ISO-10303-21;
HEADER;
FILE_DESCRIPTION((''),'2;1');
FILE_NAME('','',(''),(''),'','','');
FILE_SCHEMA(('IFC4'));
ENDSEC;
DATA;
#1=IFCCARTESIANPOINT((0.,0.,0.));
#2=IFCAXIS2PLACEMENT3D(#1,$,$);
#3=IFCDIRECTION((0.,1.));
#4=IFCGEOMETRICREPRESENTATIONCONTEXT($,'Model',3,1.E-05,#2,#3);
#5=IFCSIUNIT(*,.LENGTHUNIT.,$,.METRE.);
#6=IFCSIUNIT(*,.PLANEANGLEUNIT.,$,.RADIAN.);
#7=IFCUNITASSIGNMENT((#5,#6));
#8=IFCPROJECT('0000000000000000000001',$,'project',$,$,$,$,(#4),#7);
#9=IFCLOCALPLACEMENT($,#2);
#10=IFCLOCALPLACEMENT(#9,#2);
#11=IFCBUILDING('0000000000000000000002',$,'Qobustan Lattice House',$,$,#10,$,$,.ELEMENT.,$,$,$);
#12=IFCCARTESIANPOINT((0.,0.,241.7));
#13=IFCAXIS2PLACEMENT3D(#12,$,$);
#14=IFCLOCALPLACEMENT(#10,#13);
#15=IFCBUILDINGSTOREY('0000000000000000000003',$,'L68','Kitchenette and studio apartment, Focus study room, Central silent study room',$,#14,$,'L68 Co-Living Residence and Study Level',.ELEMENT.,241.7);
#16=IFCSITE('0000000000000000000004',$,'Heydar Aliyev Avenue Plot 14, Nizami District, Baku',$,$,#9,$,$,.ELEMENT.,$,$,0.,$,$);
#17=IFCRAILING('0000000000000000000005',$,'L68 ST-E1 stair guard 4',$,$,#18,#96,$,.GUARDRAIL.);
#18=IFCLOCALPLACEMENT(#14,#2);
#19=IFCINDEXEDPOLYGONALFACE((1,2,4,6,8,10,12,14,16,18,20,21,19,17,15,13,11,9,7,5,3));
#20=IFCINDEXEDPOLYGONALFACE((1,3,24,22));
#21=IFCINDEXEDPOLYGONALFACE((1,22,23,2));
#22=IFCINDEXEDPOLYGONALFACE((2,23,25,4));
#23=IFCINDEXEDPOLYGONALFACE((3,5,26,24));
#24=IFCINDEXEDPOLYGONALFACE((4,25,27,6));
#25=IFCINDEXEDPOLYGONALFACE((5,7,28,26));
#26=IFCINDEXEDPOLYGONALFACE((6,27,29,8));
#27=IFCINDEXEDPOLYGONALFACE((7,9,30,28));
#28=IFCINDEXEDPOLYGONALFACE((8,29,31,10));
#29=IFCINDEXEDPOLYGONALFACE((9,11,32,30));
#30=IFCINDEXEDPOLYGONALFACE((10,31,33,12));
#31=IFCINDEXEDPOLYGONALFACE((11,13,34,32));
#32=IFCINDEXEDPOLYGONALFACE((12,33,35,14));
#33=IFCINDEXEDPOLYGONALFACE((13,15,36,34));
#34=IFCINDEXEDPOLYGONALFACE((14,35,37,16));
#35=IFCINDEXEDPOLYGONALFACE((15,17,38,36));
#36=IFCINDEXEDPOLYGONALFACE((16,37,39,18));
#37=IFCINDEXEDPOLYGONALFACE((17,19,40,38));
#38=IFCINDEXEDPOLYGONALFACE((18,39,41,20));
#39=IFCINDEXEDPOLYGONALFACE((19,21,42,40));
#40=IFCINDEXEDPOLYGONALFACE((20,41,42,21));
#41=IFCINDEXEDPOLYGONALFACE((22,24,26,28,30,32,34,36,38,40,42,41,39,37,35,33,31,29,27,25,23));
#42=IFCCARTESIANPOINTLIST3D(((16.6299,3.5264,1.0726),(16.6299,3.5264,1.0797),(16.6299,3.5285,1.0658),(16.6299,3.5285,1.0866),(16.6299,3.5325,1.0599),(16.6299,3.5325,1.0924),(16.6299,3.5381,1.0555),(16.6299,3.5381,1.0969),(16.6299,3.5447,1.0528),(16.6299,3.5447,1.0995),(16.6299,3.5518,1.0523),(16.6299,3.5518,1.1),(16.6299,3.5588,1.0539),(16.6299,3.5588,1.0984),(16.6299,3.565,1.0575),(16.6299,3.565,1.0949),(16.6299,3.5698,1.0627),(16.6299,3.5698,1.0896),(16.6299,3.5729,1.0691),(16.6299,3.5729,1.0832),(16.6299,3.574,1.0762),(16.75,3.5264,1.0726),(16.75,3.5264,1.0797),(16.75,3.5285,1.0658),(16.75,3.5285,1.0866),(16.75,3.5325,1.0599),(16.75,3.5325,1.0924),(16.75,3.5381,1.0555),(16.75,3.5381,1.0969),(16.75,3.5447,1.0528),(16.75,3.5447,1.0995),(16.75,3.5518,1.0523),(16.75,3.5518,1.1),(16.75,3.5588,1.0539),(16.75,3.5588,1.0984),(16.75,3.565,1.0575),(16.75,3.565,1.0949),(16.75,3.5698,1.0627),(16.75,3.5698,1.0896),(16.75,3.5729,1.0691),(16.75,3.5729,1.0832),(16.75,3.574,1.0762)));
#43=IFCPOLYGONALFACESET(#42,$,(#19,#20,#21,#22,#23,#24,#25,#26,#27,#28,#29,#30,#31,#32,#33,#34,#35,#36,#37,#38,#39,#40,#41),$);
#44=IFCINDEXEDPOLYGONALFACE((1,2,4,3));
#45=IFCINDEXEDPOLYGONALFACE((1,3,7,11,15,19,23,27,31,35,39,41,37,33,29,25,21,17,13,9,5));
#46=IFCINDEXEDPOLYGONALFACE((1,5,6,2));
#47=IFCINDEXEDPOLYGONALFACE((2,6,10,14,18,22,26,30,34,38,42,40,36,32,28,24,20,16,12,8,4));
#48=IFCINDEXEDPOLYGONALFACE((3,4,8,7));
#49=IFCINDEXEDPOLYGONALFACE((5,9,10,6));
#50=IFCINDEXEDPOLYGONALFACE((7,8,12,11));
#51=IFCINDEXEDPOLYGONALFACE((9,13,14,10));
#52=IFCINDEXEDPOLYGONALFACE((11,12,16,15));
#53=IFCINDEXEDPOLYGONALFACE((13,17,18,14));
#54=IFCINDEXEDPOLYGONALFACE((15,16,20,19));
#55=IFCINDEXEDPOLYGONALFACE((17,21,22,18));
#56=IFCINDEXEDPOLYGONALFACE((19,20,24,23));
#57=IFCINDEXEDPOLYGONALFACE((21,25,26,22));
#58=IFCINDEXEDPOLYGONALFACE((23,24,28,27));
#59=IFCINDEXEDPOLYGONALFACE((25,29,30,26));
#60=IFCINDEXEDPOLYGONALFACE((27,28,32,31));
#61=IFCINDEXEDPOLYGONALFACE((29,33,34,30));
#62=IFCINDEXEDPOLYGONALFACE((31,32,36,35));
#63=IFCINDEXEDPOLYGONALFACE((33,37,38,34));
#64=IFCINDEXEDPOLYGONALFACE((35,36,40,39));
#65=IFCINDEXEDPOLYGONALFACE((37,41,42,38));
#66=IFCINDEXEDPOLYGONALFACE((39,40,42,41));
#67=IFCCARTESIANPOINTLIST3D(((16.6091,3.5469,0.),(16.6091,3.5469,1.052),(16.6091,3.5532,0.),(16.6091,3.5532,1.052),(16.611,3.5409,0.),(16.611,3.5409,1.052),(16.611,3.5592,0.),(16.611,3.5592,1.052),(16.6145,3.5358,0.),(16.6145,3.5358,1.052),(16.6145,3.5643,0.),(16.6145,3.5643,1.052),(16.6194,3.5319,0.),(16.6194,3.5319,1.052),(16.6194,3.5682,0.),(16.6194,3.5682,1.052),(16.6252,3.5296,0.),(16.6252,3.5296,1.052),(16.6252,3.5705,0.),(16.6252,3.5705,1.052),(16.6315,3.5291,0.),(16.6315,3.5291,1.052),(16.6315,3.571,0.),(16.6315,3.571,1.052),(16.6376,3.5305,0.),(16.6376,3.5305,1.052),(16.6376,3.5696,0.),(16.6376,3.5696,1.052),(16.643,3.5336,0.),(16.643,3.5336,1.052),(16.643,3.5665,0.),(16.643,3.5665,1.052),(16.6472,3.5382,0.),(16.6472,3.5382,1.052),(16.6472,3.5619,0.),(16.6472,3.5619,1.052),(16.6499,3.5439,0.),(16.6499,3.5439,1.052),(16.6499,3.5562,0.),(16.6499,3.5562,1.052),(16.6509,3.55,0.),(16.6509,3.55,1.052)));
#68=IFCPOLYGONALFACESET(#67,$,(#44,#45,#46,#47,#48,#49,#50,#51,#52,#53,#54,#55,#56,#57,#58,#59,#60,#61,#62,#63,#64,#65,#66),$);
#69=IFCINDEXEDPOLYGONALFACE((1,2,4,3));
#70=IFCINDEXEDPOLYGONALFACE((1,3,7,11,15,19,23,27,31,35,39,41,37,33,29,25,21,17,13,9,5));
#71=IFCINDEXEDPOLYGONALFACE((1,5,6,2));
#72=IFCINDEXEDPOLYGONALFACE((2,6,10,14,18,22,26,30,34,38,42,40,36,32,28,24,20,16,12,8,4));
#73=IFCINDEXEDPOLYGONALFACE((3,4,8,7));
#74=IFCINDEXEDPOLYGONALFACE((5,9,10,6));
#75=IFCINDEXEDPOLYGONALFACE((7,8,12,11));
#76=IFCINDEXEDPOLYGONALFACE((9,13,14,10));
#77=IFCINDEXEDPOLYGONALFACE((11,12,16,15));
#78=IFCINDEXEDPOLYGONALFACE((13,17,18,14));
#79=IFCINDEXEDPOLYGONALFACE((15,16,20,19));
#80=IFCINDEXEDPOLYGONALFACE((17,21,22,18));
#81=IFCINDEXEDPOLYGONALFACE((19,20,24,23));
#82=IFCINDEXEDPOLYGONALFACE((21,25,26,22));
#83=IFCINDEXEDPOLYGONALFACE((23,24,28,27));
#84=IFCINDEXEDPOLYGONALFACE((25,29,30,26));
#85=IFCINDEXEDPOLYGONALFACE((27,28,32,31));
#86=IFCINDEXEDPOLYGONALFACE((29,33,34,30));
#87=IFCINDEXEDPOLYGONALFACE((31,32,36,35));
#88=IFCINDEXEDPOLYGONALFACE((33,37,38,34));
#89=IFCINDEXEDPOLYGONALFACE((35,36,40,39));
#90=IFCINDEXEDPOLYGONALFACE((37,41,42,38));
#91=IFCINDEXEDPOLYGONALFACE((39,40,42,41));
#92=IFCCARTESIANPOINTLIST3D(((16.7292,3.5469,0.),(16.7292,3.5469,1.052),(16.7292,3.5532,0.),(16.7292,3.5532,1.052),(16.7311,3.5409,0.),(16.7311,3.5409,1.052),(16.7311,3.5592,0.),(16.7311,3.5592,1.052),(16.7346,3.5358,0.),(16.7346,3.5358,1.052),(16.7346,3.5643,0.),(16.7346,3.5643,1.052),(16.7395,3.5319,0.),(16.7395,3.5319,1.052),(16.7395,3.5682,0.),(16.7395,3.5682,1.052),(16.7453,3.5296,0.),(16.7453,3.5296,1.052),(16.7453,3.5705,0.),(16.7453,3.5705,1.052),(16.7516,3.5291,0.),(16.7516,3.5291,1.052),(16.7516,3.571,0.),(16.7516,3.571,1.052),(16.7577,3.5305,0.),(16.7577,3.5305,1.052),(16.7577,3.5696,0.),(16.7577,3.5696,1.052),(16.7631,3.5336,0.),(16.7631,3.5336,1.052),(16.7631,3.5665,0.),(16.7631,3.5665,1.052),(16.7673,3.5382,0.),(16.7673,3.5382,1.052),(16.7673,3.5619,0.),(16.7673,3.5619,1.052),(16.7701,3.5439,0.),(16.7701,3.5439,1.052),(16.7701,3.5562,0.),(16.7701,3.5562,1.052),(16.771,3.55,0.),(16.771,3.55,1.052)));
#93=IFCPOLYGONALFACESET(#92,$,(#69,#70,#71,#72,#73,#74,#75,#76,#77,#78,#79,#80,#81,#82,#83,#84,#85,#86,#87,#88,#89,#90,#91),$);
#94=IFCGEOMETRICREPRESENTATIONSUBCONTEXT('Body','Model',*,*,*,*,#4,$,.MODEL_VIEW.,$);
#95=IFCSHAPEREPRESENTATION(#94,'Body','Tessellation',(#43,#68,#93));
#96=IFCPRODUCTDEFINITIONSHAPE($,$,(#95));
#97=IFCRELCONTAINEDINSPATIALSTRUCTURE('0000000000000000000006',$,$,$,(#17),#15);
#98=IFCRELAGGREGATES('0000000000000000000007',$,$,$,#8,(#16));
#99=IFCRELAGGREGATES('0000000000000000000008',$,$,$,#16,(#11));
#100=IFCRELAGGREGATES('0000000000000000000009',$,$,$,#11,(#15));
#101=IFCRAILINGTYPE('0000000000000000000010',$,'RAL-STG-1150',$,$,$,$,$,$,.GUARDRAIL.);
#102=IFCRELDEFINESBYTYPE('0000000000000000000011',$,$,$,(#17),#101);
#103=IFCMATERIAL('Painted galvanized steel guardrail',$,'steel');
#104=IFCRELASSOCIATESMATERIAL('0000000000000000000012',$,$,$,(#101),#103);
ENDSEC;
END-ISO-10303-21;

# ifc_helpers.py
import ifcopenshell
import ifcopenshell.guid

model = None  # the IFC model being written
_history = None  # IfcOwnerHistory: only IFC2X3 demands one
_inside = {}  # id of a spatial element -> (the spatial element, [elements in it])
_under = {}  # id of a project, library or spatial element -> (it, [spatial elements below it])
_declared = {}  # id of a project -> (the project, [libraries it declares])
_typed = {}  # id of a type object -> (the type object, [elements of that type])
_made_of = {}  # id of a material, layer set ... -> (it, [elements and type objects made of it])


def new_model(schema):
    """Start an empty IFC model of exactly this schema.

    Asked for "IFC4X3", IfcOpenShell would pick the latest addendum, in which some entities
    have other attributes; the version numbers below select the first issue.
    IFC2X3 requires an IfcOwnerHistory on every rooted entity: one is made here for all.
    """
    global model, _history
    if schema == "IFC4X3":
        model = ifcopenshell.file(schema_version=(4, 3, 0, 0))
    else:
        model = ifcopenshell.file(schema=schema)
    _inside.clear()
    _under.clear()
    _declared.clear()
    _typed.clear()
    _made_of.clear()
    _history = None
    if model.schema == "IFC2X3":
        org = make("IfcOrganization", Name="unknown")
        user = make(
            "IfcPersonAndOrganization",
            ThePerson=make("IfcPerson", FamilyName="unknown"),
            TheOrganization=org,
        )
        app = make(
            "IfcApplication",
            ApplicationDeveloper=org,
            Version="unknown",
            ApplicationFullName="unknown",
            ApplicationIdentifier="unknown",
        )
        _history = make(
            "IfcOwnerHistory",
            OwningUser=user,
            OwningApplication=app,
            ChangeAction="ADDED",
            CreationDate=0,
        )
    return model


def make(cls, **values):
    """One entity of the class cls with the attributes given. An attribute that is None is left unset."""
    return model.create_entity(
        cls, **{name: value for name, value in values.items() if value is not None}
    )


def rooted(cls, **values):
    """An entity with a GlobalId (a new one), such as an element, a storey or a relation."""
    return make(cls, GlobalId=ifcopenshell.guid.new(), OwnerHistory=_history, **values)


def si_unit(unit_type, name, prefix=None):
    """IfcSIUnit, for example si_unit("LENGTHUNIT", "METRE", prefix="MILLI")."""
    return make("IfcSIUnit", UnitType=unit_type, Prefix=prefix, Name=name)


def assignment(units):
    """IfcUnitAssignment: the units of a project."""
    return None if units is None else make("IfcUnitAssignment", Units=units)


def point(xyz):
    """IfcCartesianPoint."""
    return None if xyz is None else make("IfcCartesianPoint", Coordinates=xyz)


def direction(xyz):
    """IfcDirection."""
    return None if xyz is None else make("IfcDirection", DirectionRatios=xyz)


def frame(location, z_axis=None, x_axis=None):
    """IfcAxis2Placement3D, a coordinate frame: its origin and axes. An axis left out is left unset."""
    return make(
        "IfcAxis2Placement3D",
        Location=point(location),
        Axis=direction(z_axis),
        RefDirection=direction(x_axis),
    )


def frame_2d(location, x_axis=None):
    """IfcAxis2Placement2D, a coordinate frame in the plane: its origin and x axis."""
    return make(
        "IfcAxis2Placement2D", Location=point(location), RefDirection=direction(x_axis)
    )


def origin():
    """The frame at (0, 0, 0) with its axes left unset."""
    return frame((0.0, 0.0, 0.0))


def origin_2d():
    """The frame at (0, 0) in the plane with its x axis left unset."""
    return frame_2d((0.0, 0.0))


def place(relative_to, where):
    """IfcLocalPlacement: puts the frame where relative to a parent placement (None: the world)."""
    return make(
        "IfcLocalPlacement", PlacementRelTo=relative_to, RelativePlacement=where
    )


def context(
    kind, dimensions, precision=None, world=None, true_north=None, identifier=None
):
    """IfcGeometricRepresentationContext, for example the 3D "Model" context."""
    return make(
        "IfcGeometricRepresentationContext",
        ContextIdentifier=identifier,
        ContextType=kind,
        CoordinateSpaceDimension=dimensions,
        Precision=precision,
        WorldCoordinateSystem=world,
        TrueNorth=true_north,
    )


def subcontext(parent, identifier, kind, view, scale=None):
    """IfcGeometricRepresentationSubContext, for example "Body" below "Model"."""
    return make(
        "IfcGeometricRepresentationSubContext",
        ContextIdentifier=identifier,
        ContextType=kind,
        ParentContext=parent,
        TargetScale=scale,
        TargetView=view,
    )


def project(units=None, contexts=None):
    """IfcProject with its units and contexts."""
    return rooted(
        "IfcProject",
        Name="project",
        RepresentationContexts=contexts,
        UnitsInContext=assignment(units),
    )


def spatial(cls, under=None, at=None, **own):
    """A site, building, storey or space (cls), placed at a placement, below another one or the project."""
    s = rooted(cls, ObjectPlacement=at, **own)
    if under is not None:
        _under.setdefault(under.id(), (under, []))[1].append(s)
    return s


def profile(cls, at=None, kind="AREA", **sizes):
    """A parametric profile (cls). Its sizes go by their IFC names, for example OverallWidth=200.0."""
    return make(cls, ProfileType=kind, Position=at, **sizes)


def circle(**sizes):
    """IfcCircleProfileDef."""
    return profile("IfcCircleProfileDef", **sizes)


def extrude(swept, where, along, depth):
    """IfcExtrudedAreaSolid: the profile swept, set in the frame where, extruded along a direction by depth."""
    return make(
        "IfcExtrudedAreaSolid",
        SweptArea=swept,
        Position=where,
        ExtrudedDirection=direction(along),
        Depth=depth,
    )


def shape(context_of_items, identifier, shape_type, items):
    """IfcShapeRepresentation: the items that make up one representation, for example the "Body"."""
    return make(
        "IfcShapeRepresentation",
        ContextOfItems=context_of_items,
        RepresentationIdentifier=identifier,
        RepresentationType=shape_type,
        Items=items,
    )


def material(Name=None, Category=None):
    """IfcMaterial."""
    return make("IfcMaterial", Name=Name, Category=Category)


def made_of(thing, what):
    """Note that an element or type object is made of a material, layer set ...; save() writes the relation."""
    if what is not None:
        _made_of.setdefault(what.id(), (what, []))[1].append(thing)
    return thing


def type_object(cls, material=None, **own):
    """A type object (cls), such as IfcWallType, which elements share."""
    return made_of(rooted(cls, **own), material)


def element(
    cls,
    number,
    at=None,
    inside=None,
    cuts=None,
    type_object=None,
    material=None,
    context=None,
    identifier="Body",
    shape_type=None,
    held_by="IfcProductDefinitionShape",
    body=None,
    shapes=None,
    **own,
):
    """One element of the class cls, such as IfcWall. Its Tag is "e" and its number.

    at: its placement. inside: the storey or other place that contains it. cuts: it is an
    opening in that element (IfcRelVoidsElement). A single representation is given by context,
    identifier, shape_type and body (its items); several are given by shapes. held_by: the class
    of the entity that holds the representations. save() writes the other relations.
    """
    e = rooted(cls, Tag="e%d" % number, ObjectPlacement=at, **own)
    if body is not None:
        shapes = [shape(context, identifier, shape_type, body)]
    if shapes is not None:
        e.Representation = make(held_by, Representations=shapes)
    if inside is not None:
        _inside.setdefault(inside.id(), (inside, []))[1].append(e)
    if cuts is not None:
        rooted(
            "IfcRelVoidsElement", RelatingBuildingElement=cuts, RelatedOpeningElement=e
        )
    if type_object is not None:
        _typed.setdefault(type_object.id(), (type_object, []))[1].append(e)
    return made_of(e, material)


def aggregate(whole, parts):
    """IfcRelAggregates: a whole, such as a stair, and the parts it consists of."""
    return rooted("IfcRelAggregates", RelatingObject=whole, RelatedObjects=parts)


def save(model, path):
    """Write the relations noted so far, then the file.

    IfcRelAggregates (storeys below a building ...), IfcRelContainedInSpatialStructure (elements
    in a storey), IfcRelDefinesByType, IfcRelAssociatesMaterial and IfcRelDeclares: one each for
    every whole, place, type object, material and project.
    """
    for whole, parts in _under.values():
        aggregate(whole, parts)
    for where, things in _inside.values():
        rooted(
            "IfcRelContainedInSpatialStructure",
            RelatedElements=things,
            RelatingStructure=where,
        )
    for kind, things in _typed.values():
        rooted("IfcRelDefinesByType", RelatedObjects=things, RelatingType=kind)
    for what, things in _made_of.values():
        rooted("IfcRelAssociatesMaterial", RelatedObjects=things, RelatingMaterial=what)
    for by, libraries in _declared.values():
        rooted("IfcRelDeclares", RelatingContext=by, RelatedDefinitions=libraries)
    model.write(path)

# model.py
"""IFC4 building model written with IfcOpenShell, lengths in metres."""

from ifc_helpers import new_model, si_unit, direction, frame, origin, origin_2d, place, context, subcontext, project, spatial, circle, extrude, material, type_object, element, save


model = new_model("IFC4")

# Units and contexts
model_context = context("Model", 3, precision=1e-05, world=origin(), true_north=direction((0.0, 1.0)))
body_context = subcontext(model_context, "Body", "Model", "MODEL_VIEW")
ifc_project = project(units=[si_unit("LENGTHUNIT", "METRE"), si_unit("PLANEANGLEUNIT", "RADIAN")], contexts=[model_context])

# Site, building, storey
site_placement = place(None, origin())
site = spatial("IfcSite", under=ifc_project, at=site_placement, Name="Heydar Aliyev Avenue Plot 14, Nizami District, Baku", CompositionType="ELEMENT", RefElevation=0.0)
building_placement = place(site_placement, origin())
building = spatial("IfcBuilding", under=site, at=building_placement, Name="Qobustan Lattice House", CompositionType="ELEMENT")
storey_placement = place(building_placement, frame((0.0, 0.0, 241.7)))
storey = spatial("IfcBuildingStorey", under=building, at=storey_placement, Name="L68", Description="Kitchenette and studio apartment, Focus study room, Central silent study room", LongName="L68 Co-Living Residence and Study Level", CompositionType="ELEMENT", Elevation=241.7)

# Railing
ifc_material_1 = material(Name="Painted galvanized steel guardrail", Category="steel")
railing_type_1 = type_object("IfcRailingType", Name="RAL-STG-1150", PredefinedType="GUARDRAIL", material=ifc_material_1)
railing_1_placement = place(storey_placement, frame((16.6299, 3.55, 0.0)))
element("IfcRailing", 1, at=railing_1_placement, inside=storey, type_object=railing_type_1, Name="L68 ST-E1 stair guard 4", PredefinedType="GUARDRAIL", context=body_context, shape_type="SweptSolid", body=[
    extrude(circle(Radius=0.0239, at=origin_2d()), frame((0.0, 0.0, 1.0762), z_axis=(1.0, 0.0, 0.0), x_axis=(0.0, 1.0, 0.0)), (0.0, 0.0, 1.0), 0.1201),
    extrude(circle(Radius=0.021, at=origin_2d()), origin(), (0.0, 0.0, 1.0), 1.052),
    extrude(circle(Radius=0.021, at=origin_2d()), frame((0.1201, 0.0, 0.0)), (0.0, 0.0, 1.0), 1.052),
])

save(model, "model.ifc")
